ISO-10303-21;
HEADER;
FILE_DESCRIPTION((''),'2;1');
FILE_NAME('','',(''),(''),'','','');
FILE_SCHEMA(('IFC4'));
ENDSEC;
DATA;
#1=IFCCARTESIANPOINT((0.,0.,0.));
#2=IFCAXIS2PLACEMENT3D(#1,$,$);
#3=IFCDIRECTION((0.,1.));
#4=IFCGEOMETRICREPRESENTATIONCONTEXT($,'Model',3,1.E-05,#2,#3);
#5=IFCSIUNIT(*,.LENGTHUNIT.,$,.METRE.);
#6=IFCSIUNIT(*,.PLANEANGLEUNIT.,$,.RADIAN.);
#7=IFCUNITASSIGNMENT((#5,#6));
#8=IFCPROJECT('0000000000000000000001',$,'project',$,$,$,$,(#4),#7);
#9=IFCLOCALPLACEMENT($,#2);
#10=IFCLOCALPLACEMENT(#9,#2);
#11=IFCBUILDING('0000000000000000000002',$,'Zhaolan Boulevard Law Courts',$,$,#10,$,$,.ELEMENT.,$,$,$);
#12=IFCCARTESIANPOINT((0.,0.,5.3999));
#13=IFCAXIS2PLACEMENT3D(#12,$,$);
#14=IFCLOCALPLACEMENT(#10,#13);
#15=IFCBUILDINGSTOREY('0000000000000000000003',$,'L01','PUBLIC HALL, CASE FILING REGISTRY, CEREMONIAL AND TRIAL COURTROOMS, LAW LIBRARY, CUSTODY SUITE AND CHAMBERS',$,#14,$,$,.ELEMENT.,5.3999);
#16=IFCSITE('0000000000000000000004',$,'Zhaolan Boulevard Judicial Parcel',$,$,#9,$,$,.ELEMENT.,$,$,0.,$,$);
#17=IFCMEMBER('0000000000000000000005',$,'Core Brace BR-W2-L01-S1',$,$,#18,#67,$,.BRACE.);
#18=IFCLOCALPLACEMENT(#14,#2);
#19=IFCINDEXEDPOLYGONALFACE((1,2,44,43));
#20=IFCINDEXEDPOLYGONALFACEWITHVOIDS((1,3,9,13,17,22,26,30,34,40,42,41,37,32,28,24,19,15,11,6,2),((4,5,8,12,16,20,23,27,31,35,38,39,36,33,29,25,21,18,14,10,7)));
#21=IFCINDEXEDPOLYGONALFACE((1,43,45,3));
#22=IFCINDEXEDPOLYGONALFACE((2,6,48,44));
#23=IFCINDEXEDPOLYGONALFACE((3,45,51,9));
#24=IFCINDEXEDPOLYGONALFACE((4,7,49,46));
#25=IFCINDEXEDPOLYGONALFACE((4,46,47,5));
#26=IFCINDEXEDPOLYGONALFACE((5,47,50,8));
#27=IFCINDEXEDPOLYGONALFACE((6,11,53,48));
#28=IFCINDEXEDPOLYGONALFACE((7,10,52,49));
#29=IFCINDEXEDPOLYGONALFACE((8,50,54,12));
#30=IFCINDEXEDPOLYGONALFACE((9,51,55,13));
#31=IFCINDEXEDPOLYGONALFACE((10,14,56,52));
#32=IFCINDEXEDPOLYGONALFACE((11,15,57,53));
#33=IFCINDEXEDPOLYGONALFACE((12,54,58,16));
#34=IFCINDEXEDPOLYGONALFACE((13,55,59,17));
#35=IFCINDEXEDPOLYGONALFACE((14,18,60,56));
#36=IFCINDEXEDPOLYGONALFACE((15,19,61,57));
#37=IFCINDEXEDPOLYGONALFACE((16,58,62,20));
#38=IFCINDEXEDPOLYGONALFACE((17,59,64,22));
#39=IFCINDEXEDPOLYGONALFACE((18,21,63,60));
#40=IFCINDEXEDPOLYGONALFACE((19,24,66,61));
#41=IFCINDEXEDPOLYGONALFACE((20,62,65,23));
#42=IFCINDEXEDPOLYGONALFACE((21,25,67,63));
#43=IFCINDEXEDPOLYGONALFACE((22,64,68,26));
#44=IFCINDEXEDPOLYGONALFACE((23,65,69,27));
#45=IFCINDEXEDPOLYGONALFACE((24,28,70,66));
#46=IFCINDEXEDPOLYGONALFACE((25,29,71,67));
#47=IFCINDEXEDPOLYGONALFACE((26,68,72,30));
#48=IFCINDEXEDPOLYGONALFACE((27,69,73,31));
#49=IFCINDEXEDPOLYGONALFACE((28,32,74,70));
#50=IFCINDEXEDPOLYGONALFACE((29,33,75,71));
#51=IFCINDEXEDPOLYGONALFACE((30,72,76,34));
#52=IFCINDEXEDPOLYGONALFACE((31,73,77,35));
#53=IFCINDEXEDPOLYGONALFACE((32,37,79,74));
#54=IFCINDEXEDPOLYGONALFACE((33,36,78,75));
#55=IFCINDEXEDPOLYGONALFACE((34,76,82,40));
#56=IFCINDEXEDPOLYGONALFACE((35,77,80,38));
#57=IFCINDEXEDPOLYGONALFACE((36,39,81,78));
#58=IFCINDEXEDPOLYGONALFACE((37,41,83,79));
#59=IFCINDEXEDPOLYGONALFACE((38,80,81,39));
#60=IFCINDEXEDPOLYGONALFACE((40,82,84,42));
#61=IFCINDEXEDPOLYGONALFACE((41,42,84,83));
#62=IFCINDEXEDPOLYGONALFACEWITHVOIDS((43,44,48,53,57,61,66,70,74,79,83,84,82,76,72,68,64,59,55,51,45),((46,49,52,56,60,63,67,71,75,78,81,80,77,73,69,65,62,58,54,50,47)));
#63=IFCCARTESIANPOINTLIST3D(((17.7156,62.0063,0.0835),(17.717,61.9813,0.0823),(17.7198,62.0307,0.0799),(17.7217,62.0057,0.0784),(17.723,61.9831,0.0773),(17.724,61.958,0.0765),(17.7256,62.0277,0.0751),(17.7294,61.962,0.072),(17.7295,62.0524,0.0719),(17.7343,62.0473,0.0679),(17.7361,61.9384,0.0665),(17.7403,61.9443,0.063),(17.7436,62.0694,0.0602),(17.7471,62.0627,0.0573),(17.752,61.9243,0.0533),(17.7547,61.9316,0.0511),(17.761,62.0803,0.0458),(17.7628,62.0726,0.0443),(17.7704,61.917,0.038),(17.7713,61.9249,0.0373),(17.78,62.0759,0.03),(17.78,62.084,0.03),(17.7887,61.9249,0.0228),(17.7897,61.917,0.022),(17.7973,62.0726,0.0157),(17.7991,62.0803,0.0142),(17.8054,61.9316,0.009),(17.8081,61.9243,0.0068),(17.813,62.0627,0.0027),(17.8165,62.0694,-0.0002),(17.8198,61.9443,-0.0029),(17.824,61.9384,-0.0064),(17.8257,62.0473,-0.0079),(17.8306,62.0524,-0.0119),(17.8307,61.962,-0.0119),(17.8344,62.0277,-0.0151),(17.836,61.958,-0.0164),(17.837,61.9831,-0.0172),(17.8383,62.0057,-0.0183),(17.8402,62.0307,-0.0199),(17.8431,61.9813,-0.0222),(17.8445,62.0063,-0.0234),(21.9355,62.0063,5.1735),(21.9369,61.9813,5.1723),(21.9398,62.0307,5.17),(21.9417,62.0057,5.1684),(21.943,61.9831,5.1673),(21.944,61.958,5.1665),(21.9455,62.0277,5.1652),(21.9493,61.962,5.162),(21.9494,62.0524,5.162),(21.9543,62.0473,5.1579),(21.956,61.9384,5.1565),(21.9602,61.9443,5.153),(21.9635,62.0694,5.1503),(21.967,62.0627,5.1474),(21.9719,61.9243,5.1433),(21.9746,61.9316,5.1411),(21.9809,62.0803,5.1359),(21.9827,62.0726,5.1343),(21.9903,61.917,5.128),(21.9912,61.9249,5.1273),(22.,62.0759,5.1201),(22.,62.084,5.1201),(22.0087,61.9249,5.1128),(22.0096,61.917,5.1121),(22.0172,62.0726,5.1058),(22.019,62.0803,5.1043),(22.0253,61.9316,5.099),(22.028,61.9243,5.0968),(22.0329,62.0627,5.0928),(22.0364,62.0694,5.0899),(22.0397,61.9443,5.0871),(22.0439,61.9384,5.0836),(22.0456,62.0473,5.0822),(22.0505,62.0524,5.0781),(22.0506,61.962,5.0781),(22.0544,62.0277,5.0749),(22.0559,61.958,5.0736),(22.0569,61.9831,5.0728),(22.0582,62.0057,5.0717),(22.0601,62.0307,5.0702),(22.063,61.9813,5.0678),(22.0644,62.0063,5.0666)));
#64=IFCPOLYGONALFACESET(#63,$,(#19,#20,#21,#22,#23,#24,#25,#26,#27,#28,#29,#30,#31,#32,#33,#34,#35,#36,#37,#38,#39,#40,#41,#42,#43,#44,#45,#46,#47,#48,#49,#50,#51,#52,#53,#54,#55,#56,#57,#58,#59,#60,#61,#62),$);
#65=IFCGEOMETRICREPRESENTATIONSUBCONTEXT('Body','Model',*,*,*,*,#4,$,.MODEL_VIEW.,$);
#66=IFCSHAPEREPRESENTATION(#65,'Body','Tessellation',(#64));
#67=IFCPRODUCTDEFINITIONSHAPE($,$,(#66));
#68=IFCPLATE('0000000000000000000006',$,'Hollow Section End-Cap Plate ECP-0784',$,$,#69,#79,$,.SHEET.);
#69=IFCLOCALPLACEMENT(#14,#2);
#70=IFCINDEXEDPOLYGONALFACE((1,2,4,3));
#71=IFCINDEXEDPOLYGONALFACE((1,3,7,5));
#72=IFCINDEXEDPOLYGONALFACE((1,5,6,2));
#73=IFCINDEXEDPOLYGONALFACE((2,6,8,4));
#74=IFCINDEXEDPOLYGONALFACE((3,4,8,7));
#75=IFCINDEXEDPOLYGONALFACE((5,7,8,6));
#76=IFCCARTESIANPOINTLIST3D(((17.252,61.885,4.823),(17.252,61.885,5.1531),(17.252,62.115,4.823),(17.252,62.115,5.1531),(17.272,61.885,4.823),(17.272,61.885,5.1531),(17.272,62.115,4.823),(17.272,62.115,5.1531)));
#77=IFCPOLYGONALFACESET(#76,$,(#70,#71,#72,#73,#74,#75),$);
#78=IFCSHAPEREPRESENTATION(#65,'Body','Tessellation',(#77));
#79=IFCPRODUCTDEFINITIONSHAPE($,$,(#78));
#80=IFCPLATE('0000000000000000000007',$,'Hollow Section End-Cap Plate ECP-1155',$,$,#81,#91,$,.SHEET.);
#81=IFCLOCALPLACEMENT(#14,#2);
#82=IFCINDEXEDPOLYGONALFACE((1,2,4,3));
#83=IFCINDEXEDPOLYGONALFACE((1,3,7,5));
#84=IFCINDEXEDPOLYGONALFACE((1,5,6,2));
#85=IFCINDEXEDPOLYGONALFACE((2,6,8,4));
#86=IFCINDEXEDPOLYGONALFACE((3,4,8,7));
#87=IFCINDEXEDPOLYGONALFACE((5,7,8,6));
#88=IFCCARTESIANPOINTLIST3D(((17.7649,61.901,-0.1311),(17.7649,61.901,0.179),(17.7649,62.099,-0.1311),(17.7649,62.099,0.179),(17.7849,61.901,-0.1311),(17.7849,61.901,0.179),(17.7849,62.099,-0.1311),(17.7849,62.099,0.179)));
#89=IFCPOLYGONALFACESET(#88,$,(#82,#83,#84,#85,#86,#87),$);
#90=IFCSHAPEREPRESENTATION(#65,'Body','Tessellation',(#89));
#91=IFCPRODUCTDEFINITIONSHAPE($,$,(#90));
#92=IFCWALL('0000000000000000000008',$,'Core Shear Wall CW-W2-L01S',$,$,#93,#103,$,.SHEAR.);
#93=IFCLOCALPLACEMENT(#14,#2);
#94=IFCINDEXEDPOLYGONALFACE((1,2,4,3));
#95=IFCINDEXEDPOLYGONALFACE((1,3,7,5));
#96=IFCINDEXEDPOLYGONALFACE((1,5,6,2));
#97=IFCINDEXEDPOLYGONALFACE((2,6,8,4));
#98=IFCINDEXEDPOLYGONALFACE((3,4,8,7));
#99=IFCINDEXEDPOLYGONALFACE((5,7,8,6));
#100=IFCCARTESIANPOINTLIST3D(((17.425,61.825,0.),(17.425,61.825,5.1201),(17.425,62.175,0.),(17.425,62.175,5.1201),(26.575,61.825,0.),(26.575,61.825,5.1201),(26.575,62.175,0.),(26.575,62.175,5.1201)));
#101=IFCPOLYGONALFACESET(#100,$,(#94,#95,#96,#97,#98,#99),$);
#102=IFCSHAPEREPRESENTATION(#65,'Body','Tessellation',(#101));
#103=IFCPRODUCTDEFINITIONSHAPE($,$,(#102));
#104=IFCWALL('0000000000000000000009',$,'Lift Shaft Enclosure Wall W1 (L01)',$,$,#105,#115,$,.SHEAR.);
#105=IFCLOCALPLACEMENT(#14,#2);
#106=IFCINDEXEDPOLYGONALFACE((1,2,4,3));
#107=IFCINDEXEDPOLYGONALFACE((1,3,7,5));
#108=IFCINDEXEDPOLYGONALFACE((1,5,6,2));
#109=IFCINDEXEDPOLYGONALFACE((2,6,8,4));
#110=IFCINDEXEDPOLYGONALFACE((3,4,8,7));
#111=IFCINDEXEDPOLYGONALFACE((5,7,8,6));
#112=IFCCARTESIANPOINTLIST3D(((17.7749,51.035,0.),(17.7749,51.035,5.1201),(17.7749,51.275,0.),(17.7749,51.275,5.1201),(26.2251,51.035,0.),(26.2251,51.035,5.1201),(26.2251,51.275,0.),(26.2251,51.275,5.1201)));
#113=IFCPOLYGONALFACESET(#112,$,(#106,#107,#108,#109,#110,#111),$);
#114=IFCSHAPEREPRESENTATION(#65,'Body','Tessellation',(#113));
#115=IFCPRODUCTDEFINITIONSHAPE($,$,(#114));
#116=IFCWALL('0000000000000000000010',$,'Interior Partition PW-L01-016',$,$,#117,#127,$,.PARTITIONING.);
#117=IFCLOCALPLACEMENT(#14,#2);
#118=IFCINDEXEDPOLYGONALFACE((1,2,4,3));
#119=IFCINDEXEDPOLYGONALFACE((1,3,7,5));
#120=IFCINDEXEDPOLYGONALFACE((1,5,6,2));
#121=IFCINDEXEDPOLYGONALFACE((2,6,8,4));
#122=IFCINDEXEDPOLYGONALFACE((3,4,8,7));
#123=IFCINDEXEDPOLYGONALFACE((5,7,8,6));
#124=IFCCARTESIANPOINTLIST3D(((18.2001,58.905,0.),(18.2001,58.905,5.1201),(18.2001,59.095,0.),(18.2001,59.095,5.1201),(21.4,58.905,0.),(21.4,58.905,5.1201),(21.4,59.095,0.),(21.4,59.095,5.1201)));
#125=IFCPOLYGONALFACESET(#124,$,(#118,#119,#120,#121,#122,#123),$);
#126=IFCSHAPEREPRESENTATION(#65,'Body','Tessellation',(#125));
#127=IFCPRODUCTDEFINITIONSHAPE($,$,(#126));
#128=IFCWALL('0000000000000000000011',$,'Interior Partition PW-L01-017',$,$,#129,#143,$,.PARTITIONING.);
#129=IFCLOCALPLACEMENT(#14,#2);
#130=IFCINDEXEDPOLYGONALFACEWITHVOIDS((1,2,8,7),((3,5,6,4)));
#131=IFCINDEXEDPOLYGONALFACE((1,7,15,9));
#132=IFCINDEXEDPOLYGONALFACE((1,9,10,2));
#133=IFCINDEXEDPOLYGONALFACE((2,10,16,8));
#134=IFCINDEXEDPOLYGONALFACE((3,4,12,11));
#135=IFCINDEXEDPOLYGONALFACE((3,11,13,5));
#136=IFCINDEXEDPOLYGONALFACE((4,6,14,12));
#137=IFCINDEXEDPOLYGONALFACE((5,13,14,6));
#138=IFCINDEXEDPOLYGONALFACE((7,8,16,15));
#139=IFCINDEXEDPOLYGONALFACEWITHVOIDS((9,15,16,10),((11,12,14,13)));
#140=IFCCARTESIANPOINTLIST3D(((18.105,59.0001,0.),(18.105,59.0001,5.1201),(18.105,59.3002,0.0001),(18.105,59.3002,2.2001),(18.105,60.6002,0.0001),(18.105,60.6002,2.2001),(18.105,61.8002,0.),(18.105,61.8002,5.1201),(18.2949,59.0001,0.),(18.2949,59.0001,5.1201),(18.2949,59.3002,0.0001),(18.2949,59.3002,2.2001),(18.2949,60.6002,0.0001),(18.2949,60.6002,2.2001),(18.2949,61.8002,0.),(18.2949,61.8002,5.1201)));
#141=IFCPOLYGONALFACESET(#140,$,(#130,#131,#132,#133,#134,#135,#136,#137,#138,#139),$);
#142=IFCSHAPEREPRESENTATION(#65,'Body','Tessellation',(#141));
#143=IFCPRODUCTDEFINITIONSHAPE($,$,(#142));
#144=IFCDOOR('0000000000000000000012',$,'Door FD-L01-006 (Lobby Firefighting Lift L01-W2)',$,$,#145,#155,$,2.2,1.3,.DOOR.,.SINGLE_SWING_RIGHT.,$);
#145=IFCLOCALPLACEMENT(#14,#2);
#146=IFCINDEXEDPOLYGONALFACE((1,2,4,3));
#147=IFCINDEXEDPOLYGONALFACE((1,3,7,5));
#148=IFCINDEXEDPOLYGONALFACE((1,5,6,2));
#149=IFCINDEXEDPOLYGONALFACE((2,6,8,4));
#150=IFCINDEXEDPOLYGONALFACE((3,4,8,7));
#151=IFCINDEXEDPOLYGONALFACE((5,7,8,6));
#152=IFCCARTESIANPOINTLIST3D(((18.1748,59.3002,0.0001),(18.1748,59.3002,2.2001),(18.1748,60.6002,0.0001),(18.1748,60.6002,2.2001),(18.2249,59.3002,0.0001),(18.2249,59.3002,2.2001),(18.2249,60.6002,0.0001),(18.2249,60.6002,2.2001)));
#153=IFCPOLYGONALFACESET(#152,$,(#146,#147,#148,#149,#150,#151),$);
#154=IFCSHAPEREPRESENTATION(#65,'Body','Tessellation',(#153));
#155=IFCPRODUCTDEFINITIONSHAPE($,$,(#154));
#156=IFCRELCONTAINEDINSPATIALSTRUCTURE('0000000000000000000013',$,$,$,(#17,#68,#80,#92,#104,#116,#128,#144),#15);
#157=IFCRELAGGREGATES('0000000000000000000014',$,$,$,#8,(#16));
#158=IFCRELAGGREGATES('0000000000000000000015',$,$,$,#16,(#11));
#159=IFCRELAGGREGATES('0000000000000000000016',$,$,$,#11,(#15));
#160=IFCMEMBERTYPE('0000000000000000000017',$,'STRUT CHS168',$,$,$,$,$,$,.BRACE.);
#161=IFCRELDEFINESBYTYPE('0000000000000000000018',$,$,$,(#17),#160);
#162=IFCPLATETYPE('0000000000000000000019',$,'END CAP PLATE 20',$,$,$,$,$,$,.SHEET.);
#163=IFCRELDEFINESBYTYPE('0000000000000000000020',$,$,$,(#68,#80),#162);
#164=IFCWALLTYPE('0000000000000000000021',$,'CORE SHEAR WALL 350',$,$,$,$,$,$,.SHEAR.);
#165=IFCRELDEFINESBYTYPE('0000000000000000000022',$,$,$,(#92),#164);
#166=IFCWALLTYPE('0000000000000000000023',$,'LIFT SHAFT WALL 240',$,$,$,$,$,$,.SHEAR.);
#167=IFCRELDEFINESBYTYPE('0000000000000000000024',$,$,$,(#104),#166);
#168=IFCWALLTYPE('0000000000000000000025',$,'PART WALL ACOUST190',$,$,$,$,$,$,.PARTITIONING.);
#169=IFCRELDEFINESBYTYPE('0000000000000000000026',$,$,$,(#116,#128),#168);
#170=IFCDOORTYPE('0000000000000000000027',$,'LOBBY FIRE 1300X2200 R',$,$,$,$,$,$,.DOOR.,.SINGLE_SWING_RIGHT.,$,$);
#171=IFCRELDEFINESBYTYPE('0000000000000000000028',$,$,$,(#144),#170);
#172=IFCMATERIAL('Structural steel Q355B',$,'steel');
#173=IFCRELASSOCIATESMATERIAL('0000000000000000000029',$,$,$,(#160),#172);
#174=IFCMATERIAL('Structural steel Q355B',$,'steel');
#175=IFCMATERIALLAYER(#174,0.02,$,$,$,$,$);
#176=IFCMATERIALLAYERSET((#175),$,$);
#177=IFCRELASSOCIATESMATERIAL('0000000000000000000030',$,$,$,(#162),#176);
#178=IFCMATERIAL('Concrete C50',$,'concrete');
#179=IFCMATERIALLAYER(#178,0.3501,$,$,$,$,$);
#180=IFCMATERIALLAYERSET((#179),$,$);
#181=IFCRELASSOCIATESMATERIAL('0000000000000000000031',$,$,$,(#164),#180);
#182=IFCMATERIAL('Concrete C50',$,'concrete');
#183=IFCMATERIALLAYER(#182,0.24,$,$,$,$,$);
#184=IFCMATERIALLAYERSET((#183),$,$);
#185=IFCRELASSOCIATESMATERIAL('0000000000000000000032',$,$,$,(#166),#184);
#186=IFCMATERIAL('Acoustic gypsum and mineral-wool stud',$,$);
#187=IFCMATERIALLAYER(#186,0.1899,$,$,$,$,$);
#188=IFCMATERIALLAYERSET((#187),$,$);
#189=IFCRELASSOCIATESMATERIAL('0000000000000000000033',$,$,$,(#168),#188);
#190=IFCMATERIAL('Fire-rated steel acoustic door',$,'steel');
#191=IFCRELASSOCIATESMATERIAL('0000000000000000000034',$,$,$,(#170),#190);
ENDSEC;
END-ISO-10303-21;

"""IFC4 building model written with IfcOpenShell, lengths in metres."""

from ifc_helpers import new_model, si_unit, direction, frame, frame_2d, origin, origin_2d, place, context, subcontext, project, spatial, rectangle, hollow_circle, extrude, material, layer, layer_set, material_profile, profile_set, type_object, element, fill, save


model = new_model("IFC4")

# Units and contexts
model_context = context("Model", 3, precision=1e-05, world=origin(), true_north=direction((0.0, 1.0)))
body_context = subcontext(model_context, "Body", "Model", "MODEL_VIEW")
ifc_project = project(units=[si_unit("LENGTHUNIT", "METRE"), si_unit("PLANEANGLEUNIT", "RADIAN")], contexts=[model_context])

# Site, building, storey
site_placement = place(None, origin())
site = spatial("IfcSite", under=ifc_project, at=site_placement, Name="Zhaolan Boulevard Judicial Parcel", CompositionType="ELEMENT", RefElevation=0.0)
building_placement = place(site_placement, origin())
building = spatial("IfcBuilding", under=site, at=building_placement, Name="Zhaolan Boulevard Law Courts", CompositionType="ELEMENT")
storey_placement = place(building_placement, frame((0.0, 0.0, 5.3999)))
storey = spatial("IfcBuildingStorey", under=building, at=storey_placement, Name="L01", Description="PUBLIC HALL, CASE FILING REGISTRY, CEREMONIAL AND TRIAL COURTROOMS, LAW LIBRARY, CUSTODY SUITE AND CHAMBERS", CompositionType="ELEMENT", Elevation=5.3999)

# Member
ifc_material_1 = material(Name="Structural steel Q355B", Category="steel")
ifc_material_profile_1 = material_profile(ifc_material_1, hollow_circle(Radius=0.084, WallThickness=0.0081, at=origin_2d()), Name="CHS168x8")
ifc_profile_set_1 = profile_set([ifc_material_profile_1], Name="Structural steel Q355B")
member_type = type_object("IfcMemberType", Name="STRUT CHS168", PredefinedType="BRACE", material=ifc_profile_set_1)
member_placement = place(storey_placement, frame((17.78, 62.0, 0.03), z_axis=(0.638239, 0.0, 0.769838), x_axis=(0.0, 1.0, 0.0)))
element("IfcMember", 1, at=member_placement, inside=storey, type_object=member_type, Name="Core Brace BR-W2-L01-S1", PredefinedType="BRACE", context=body_context, shape_type="SweptSolid", body=[
    extrude(hollow_circle(Radius=0.084, WallThickness=0.0081, at=origin_2d()), origin(), (0.0, 0.0, 1.0), 6.6118),
])

# Plates
ifc_material_2 = material(Name="Structural steel Q355B", Category="steel")
ifc_layer_1 = layer(ifc_material_2, 0.02)
ifc_layer_set_1 = layer_set([ifc_layer_1])
plate_type = type_object("IfcPlateType", Name="END CAP PLATE 20", PredefinedType="SHEET", material=ifc_layer_set_1)
plate_1_placement = place(storey_placement, frame((17.262, 62.0, 4.823), z_axis=(0.0, 0.0, 1.0), x_axis=(1.0, 0.0, 0.0)))
element("IfcPlate", 2, at=plate_1_placement, inside=storey, type_object=plate_type, Name="Hollow Section End-Cap Plate ECP-0784", PredefinedType="SHEET", context=body_context, shape_type="SweptSolid", body=[
    extrude(rectangle(XDim=0.02, YDim=0.23, at=origin_2d()), origin(), (0.0, 0.0, 1.0), 0.3301),
])
plate_2_placement = place(storey_placement, frame((17.7749, 62.0, -0.1311), z_axis=(0.0, 0.0, 1.0), x_axis=(1.0, 0.0, 0.0)))
element("IfcPlate", 3, at=plate_2_placement, inside=storey, type_object=plate_type, Name="Hollow Section End-Cap Plate ECP-1155", PredefinedType="SHEET", context=body_context, shape_type="SweptSolid", body=[
    extrude(rectangle(XDim=0.02, YDim=0.198, at=origin_2d()), origin(), (0.0, 0.0, 1.0), 0.3101),
])

# Walls
ifc_material_3 = material(Name="Concrete C50", Category="concrete")
ifc_layer_2 = layer(ifc_material_3, 0.3501)
ifc_layer_set_2 = layer_set([ifc_layer_2])
wall_type_1 = type_object("IfcWallType", Name="CORE SHEAR WALL 350", PredefinedType="SHEAR", material=ifc_layer_set_2)
wall_1_placement = place(storey_placement, frame((17.425, 62.0, 0.0), z_axis=(0.0, 0.0, 1.0), x_axis=(1.0, 0.0, 0.0)))
element("IfcWall", 4, at=wall_1_placement, inside=storey, type_object=wall_type_1, Name="Core Shear Wall CW-W2-L01S", PredefinedType="SHEAR", context=body_context, shape_type="SweptSolid", body=[
    extrude(rectangle(XDim=9.1499, YDim=0.3501, at=frame_2d((4.575, 0.0))), origin(), (0.0, 0.0, 1.0), 5.1201),
])
ifc_material_4 = material(Name="Concrete C50", Category="concrete")
ifc_layer_3 = layer(ifc_material_4, 0.24)
ifc_layer_set_3 = layer_set([ifc_layer_3])
wall_type_2 = type_object("IfcWallType", Name="LIFT SHAFT WALL 240", PredefinedType="SHEAR", material=ifc_layer_set_3)
wall_2_placement = place(storey_placement, frame((17.7749, 51.155, 0.0), z_axis=(0.0, 0.0, 1.0), x_axis=(1.0, 0.0, 0.0)))
element("IfcWall", 5, at=wall_2_placement, inside=storey, type_object=wall_type_2, Name="Lift Shaft Enclosure Wall W1 (L01)", PredefinedType="SHEAR", context=body_context, shape_type="SweptSolid", body=[
    extrude(rectangle(XDim=8.4502, YDim=0.24, at=frame_2d((4.2251, 0.0))), origin(), (0.0, 0.0, 1.0), 5.1201),
])
ifc_material_5 = material(Name="Acoustic gypsum and mineral-wool stud")
ifc_layer_4 = layer(ifc_material_5, 0.1899)
ifc_layer_set_4 = layer_set([ifc_layer_4])
wall_type_3 = type_object("IfcWallType", Name="PART WALL ACOUST190", PredefinedType="PARTITIONING", material=ifc_layer_set_4)
wall_3_placement = place(storey_placement, frame((18.2, 59.0, 0.0), z_axis=(0.0, 0.0, 1.0), x_axis=(1.0, 0.0, 0.0)))
element("IfcWall", 6, at=wall_3_placement, inside=storey, type_object=wall_type_3, Name="Interior Partition PW-L01-016", PredefinedType="PARTITIONING", context=body_context, shape_type="SweptSolid", body=[
    extrude(rectangle(XDim=3.2, YDim=0.1899, at=frame_2d((1.6001, 0.0))), origin(), (0.0, 0.0, 1.0), 5.1201),
])

# Wall, opening, door
wall_4_placement = place(storey_placement, frame((18.2, 61.8, 0.0), z_axis=(0.0, 0.0, 1.0), x_axis=(0.0, -1.0, 0.0)))
wall_4 = element("IfcWall", 7, at=wall_4_placement, inside=storey, type_object=wall_type_3, Name="Interior Partition PW-L01-017", PredefinedType="PARTITIONING", context=body_context, shape_type="SweptSolid", body=[
    extrude(rectangle(XDim=2.8, YDim=0.1899, at=frame_2d((1.3999, 0.0))), origin(), (0.0, 0.0, 1.0), 5.1201),
])
opening_1_placement = place(wall_4_placement, frame((1.2, 0.0, 0.0)))
opening_1 = element("IfcOpeningElement", 8, at=opening_1_placement, cuts=wall_4, PredefinedType="OPENING", context=body_context, shape_type="SweptSolid", body=[
    extrude(rectangle(XDim=1.3, YDim=2.2, at=frame_2d((0.6499, 1.1001))), frame((0.0, 0.105, 0.0), z_axis=(0.0, -1.0, 0.0), x_axis=(1.0, 0.0, 0.0)), (0.0, 0.0, 1.0), 0.21),
])
ifc_material_6 = material(Name="Fire-rated steel acoustic door", Category="steel")
door_type_1 = type_object("IfcDoorType", Name="LOBBY FIRE 1300X2200 R", OperationType="SINGLE_SWING_RIGHT", PredefinedType="DOOR", material=ifc_material_6)
door_1_placement = place(opening_1_placement, origin())
door_1 = element("IfcDoor", 9, at=door_1_placement, inside=storey, type_object=door_type_1, Name="Door FD-L01-006 (Lobby Firefighting Lift L01-W2)", OperationType="SINGLE_SWING_RIGHT", OverallHeight=2.2, OverallWidth=1.3, PredefinedType="DOOR", context=body_context, shape_type="SweptSolid", body=[
    extrude(rectangle(XDim=1.3, YDim=2.2, at=frame_2d((0.6499, 1.1001))), frame((0.0, 0.0249, 0.0), z_axis=(0.0, -1.0, 0.0), x_axis=(1.0, 0.0, 0.0)), (0.0, 0.0, 1.0), 0.05),
])
fill(opening_1, door_1)

save(model, "model.ifc")
